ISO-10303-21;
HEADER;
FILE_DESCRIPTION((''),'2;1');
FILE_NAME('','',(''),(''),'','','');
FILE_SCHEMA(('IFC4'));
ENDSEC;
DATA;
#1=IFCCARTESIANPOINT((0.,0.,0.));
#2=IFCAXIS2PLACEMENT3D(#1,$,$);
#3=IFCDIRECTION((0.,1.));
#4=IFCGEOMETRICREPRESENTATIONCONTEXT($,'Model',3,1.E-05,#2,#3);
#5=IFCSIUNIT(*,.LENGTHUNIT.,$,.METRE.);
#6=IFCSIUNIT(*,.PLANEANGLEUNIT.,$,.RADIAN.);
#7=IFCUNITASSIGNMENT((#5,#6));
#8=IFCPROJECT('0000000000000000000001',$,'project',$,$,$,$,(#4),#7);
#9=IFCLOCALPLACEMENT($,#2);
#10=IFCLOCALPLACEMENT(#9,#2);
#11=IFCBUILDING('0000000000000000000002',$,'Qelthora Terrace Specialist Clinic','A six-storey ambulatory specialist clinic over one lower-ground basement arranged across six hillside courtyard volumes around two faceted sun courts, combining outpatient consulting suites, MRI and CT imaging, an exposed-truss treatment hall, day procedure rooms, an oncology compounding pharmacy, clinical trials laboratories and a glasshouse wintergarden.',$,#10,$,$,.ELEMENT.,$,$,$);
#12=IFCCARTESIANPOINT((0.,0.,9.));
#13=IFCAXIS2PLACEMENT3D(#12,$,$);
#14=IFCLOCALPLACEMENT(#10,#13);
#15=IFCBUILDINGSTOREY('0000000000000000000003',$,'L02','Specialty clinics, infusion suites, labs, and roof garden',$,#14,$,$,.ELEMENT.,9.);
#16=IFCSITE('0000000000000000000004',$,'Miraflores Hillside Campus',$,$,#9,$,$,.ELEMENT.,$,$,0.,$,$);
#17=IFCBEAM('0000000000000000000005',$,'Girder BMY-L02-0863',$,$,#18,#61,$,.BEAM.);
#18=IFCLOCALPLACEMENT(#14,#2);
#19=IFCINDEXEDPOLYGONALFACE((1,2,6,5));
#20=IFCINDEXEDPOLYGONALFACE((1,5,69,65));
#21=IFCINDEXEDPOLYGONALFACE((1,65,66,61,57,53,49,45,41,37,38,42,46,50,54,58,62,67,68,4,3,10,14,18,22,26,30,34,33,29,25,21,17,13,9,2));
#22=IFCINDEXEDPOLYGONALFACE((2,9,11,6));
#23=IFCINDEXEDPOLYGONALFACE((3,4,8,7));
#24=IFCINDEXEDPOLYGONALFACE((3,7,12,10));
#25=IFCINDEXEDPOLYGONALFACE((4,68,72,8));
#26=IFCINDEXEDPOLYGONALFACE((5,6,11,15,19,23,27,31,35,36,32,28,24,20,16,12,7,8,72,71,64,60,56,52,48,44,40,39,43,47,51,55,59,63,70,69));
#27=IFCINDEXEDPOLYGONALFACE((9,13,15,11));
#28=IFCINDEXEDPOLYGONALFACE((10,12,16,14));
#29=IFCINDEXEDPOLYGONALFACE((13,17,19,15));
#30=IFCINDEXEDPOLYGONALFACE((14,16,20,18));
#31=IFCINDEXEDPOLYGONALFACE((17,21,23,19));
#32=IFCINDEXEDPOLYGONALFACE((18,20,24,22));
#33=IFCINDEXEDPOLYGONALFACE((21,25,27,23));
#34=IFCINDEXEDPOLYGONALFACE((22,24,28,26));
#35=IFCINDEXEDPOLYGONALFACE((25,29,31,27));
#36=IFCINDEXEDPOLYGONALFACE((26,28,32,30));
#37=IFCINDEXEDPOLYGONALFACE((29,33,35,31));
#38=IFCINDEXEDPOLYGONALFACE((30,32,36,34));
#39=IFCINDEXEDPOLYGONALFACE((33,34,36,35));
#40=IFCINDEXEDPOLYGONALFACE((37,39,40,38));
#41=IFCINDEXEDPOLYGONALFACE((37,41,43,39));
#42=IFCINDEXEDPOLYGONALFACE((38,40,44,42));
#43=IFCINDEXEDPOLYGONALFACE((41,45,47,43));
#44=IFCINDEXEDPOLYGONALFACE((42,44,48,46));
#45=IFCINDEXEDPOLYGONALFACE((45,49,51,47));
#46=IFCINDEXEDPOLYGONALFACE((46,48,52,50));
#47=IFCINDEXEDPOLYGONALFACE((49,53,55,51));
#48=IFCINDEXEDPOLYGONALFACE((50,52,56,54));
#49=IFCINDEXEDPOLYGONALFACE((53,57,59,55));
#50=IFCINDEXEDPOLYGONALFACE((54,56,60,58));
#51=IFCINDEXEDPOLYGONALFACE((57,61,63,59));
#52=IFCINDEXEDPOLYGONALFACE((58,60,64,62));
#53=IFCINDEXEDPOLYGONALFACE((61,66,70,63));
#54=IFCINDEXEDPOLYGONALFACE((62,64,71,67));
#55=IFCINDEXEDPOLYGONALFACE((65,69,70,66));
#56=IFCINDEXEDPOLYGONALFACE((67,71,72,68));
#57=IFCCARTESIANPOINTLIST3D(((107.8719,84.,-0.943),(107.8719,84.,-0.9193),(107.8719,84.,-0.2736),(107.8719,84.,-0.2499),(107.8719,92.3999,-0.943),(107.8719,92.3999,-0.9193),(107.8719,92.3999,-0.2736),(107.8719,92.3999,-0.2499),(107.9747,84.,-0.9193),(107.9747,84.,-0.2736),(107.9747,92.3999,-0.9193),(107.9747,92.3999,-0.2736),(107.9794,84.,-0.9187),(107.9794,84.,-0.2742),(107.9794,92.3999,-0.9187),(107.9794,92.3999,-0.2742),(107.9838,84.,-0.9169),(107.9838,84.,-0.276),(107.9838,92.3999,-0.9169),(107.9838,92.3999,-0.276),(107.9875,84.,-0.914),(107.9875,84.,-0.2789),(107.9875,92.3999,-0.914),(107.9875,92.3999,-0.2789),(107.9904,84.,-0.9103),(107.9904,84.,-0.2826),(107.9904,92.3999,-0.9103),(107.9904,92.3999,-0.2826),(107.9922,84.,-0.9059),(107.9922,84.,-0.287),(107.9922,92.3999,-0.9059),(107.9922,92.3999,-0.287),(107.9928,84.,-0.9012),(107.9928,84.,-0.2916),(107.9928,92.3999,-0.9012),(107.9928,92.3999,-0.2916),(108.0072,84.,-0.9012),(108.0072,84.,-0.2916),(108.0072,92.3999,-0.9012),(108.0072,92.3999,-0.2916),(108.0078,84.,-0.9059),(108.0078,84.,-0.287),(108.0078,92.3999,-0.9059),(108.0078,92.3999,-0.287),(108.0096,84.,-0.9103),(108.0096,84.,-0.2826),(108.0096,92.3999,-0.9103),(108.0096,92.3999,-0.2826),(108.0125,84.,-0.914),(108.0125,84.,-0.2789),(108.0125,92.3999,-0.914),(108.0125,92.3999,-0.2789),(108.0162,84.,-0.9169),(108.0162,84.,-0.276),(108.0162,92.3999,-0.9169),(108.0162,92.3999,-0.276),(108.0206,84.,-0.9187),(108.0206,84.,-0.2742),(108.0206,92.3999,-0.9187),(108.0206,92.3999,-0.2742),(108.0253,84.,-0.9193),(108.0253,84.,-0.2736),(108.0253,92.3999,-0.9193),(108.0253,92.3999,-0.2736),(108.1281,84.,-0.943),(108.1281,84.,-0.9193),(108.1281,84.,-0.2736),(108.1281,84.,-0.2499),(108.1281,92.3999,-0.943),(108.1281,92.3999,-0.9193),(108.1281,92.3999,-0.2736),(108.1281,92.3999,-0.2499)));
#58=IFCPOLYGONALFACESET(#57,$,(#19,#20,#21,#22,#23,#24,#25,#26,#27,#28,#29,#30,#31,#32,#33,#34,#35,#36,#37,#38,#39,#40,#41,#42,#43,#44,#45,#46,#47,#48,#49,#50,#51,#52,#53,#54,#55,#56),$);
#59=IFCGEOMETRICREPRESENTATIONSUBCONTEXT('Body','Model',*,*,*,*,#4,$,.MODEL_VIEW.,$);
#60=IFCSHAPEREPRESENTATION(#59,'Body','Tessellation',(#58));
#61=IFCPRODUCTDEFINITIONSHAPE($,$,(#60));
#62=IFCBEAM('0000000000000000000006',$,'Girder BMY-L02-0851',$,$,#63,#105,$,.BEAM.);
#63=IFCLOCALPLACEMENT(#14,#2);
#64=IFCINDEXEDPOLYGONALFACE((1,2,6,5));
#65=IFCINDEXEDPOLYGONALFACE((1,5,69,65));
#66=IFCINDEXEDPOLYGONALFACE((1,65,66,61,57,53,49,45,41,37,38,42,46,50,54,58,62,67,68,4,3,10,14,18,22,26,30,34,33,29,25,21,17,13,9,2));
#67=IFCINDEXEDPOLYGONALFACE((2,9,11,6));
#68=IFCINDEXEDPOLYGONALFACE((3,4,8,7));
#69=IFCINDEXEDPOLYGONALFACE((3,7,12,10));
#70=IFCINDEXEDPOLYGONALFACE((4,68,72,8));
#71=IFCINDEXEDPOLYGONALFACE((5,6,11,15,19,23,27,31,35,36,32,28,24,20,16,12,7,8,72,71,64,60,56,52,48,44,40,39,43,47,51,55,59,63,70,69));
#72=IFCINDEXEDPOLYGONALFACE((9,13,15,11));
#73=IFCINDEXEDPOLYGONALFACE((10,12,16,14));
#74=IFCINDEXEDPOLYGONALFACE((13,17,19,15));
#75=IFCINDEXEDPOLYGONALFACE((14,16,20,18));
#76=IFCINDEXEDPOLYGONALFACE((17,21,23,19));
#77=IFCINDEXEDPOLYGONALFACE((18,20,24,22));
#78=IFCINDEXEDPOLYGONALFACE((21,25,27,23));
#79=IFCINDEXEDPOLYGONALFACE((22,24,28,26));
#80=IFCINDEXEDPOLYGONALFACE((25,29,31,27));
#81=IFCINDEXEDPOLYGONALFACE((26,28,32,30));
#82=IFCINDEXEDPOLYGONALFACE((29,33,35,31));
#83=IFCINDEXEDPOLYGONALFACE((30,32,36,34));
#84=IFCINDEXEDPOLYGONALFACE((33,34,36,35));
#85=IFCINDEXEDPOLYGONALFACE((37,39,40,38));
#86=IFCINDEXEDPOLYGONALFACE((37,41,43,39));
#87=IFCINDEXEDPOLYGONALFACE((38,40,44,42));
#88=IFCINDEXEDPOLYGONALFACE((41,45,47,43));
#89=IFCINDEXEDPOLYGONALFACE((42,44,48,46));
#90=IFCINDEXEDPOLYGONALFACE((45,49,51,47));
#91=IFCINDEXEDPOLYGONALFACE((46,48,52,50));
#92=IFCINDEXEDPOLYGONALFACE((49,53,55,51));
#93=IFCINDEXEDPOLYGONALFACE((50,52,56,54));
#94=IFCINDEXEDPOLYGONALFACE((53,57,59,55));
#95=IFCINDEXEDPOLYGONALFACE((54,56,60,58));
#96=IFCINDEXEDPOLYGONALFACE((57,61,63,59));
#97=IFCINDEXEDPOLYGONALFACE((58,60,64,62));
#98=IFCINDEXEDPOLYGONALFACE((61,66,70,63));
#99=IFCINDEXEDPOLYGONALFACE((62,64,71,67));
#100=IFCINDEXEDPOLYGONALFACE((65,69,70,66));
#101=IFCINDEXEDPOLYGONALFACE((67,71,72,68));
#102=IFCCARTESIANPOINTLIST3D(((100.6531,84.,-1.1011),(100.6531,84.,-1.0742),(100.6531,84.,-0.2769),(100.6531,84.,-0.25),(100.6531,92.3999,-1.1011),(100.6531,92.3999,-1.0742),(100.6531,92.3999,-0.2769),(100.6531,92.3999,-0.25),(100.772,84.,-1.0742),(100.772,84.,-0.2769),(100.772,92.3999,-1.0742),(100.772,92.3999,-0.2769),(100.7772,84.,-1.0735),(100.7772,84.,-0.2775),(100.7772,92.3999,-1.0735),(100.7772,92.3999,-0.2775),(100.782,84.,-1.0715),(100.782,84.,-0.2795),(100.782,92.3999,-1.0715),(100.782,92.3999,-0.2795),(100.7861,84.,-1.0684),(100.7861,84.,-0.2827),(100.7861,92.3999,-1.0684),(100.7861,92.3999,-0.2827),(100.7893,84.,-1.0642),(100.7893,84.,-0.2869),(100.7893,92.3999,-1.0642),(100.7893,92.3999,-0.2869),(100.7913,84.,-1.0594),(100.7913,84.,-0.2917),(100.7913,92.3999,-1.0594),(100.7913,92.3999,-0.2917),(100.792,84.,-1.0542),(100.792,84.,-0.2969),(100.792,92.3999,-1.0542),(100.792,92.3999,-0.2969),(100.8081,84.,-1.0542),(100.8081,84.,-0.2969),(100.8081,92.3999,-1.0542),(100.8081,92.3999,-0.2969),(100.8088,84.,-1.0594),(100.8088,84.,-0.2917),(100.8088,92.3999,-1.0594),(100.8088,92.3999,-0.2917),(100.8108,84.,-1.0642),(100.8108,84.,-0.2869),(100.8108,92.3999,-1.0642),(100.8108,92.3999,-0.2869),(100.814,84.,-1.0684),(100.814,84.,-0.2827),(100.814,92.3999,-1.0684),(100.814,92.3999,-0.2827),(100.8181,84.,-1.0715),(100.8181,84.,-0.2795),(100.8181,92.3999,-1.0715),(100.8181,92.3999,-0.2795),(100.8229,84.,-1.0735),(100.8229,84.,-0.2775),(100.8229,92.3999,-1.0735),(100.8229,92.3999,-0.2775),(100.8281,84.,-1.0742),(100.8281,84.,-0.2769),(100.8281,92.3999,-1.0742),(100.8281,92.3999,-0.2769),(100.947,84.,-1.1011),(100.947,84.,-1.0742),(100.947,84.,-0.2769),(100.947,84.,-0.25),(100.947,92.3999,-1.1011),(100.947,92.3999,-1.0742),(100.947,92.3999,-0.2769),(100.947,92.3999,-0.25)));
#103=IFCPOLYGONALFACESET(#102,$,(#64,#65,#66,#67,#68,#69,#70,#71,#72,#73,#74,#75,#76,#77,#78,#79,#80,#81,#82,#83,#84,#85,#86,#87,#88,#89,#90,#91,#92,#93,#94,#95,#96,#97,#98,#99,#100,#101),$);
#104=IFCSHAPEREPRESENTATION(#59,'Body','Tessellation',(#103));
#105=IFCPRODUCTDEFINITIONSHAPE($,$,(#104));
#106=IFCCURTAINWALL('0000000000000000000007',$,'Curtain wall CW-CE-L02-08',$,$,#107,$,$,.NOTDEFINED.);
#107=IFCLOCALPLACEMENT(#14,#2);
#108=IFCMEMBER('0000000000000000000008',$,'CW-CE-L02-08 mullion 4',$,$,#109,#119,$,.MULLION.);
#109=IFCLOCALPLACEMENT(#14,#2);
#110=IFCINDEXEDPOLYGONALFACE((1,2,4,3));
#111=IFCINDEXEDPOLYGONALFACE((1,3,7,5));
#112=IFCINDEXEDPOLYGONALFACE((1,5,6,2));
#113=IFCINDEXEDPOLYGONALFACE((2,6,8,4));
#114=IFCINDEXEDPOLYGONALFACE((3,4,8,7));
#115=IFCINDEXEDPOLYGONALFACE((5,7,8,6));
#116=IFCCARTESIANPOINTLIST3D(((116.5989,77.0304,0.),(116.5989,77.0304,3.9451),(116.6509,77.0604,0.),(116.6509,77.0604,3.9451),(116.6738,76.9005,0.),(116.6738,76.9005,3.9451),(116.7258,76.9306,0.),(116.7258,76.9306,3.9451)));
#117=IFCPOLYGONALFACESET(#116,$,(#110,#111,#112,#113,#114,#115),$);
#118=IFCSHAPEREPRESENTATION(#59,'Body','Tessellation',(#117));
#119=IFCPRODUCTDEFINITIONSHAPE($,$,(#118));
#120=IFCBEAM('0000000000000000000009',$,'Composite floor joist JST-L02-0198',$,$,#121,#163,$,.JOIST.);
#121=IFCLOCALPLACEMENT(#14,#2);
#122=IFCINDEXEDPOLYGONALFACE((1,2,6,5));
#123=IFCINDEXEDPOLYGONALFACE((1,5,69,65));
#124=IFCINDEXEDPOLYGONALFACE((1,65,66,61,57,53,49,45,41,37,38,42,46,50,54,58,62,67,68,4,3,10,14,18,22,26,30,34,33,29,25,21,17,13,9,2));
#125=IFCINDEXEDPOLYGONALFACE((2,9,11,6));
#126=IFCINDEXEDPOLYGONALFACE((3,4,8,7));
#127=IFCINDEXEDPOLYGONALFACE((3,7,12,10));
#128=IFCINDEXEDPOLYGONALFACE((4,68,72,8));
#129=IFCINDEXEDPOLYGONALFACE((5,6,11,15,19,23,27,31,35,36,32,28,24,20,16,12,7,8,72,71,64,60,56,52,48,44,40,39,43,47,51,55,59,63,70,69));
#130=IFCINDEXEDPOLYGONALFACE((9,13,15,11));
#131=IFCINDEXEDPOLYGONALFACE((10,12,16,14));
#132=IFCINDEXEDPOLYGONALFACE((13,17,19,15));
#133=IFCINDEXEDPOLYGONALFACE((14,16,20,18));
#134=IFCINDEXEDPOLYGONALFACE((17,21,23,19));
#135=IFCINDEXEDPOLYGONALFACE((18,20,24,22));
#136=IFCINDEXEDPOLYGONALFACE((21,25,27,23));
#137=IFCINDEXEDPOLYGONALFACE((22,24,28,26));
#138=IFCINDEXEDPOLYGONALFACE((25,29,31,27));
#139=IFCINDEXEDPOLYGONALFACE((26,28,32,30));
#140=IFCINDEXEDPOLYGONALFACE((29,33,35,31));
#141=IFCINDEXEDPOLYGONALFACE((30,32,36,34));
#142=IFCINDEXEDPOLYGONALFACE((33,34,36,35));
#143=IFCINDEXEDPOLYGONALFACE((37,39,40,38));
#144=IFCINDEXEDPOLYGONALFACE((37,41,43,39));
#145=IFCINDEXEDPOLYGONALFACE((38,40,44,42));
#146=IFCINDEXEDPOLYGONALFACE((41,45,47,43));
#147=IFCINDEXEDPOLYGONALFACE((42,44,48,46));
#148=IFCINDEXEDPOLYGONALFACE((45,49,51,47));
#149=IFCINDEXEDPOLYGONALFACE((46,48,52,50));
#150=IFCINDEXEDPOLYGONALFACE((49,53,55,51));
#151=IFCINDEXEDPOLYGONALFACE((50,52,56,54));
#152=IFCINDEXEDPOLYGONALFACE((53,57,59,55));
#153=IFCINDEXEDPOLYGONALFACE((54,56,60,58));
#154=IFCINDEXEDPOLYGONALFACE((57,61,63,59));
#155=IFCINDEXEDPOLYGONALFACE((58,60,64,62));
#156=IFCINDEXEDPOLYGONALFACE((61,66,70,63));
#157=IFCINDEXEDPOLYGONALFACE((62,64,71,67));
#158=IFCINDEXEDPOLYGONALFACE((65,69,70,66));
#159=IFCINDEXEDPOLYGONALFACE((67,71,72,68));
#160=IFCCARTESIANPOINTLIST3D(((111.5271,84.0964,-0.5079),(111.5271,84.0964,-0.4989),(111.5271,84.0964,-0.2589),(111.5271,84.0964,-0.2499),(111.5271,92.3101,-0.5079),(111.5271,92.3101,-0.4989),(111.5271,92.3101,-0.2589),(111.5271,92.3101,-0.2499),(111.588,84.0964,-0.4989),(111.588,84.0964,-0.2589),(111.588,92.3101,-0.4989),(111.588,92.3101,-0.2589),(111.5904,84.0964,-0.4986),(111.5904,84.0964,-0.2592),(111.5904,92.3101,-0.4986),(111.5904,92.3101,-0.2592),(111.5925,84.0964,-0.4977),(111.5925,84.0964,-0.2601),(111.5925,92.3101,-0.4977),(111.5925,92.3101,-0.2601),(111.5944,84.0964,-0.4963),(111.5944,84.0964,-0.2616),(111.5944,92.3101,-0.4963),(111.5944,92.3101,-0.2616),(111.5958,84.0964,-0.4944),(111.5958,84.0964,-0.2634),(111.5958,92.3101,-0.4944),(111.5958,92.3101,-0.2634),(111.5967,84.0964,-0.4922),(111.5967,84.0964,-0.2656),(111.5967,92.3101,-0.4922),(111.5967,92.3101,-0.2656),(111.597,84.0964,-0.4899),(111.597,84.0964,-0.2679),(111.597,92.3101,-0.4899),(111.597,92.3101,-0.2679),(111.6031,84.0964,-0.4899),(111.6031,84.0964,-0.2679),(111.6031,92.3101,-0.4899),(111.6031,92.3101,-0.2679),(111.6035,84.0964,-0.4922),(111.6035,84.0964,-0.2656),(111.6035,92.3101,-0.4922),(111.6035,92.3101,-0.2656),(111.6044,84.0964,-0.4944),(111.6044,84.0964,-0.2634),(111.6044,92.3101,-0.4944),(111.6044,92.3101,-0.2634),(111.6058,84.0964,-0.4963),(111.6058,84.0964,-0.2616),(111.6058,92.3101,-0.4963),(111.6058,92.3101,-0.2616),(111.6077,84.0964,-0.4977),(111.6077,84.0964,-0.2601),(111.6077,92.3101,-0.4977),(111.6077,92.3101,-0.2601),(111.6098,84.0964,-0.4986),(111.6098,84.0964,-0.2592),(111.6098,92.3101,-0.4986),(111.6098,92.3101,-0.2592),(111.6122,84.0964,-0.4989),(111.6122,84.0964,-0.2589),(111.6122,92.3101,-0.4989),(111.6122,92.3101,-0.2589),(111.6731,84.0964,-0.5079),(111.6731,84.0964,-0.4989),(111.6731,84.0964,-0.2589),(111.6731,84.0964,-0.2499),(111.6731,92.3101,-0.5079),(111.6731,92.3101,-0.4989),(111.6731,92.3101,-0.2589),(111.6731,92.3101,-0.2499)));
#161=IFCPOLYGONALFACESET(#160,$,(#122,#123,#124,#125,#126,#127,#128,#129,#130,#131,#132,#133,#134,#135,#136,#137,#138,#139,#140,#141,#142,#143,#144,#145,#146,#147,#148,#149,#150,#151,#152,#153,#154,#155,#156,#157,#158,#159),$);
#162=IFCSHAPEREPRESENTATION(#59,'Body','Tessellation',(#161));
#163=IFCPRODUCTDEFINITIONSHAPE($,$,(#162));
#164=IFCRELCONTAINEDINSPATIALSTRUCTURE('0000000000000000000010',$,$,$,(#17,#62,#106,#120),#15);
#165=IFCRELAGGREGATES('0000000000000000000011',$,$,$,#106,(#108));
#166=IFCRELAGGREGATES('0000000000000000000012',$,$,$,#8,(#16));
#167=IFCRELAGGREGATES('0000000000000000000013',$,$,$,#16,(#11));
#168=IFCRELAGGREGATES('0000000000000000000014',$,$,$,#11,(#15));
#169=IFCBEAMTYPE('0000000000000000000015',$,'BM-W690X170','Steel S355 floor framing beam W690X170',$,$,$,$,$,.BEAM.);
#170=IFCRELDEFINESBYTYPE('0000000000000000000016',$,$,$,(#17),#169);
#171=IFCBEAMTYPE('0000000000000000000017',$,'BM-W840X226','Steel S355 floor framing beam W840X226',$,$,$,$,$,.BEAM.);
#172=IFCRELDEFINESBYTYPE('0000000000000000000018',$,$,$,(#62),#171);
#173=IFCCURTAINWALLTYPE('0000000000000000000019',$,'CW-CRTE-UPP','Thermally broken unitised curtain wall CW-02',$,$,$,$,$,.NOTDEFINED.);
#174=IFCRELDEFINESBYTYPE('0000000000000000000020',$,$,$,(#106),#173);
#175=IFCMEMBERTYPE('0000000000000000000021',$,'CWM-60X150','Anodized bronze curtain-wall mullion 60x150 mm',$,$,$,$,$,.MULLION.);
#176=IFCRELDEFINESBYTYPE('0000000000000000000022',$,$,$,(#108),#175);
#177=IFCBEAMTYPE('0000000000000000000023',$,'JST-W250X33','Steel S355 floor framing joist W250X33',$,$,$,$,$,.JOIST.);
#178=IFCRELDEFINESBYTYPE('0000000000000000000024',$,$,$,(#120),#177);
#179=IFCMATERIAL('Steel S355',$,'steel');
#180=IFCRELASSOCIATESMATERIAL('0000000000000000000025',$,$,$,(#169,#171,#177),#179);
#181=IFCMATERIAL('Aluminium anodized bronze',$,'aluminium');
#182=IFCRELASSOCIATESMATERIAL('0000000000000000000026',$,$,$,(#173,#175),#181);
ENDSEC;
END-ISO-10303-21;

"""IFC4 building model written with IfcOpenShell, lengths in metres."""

from ifc_helpers import new_model, si_unit, direction, frame, origin, origin_2d, place, context, subcontext, project, spatial, rectangle, i_section, extrude, material, material_profile, profile_set, type_object, element, aggregate, save


model = new_model("IFC4")

# Units and contexts
model_context = context("Model", 3, precision=1e-05, world=origin(), true_north=direction((0.0, 1.0)))
body_context = subcontext(model_context, "Body", "Model", "MODEL_VIEW")
ifc_project = project(units=[si_unit("LENGTHUNIT", "METRE"), si_unit("PLANEANGLEUNIT", "RADIAN")], contexts=[model_context])

# Site, building, storey
site_placement = place(None, origin())
site = spatial("IfcSite", under=ifc_project, at=site_placement, Name="Miraflores Hillside Campus", CompositionType="ELEMENT", RefElevation=0.0)
building_placement = place(site_placement, origin())
building = spatial("IfcBuilding", under=site, at=building_placement, Name="Qelthora Terrace Specialist Clinic", Description="A six-storey ambulatory specialist clinic over one lower-ground basement arranged across six hillside courtyard volumes around two faceted sun courts, combining outpatient consulting suites, MRI and CT imaging, an exposed-truss treatment hall, day procedure rooms, an oncology compounding pharmacy, clinical trials laboratories and a glasshouse wintergarden.", CompositionType="ELEMENT")
storey_placement = place(building_placement, frame((0.0, 0.0, 9.0)))
storey = spatial("IfcBuildingStorey", under=building, at=storey_placement, Name="L02", Description="Specialty clinics, infusion suites, labs, and roof garden", CompositionType="ELEMENT", Elevation=9.0)

# Shared definitions
ifc_material_1 = material(Name="Steel S355", Category="steel")

# Beams
ifc_material_profile_1 = material_profile(ifc_material_1, i_section(OverallWidth=0.2561, OverallDepth=0.6931, WebThickness=0.0144, FlangeThickness=0.0237, FilletRadius=0.0181, at=origin_2d()), Name="W690X170")
ifc_profile_set_1 = profile_set([ifc_material_profile_1], Name="Steel S355")
beam_type_1 = type_object("IfcBeamType", Name="BM-W690X170", Description="Steel S355 floor framing beam W690X170", PredefinedType="BEAM", material=ifc_profile_set_1)
beam_1_placement = place(storey_placement, frame((108.0, 84.0, -0.5964), z_axis=(0.0, 1.0, 0.0), x_axis=(-1.0, 0.0, 0.0)))
element("IfcBeam", 1, at=beam_1_placement, inside=storey, type_object=beam_type_1, Name="Girder BMY-L02-0863", PredefinedType="BEAM", context=body_context, shape_type="SweptSolid", body=[
    extrude(i_section(OverallWidth=0.2561, OverallDepth=0.6931, WebThickness=0.0144, FlangeThickness=0.0237, FilletRadius=0.0181, at=origin_2d()), origin(), (0.0, 0.0, 1.0), 8.3999),
])
ifc_material_profile_2 = material_profile(ifc_material_1, i_section(OverallWidth=0.2939, OverallDepth=0.8511, WebThickness=0.0161, FlangeThickness=0.0269, FilletRadius=0.02, at=origin_2d()), Name="W840X226")
ifc_profile_set_2 = profile_set([ifc_material_profile_2], Name="Steel S355")
beam_type_2 = type_object("IfcBeamType", Name="BM-W840X226", Description="Steel S355 floor framing beam W840X226", PredefinedType="BEAM", material=ifc_profile_set_2)
beam_2_placement = place(storey_placement, frame((100.8, 84.0, -0.6755), z_axis=(0.0, 1.0, 0.0), x_axis=(-1.0, 0.0, 0.0)))
element("IfcBeam", 2, at=beam_2_placement, inside=storey, type_object=beam_type_2, Name="Girder BMY-L02-0851", PredefinedType="BEAM", context=body_context, shape_type="SweptSolid", body=[
    extrude(i_section(OverallWidth=0.2939, OverallDepth=0.8511, WebThickness=0.0161, FlangeThickness=0.0269, FilletRadius=0.02, at=origin_2d()), origin(), (0.0, 0.0, 1.0), 8.3999),
])

# Curtain wall, member
ifc_material_2 = material(Name="Aluminium anodized bronze", Category="aluminium")
curtain_wall_type = type_object("IfcCurtainWallType", Name="CW-CRTE-UPP", Description="Thermally broken unitised curtain wall CW-02", PredefinedType="NOTDEFINED", material=ifc_material_2)
curtain_wall_placement = place(storey_placement, origin())
curtain_wall = element("IfcCurtainWall", 3, at=curtain_wall_placement, inside=storey, type_object=curtain_wall_type, Name="Curtain wall CW-CE-L02-08", PredefinedType="NOTDEFINED")
ifc_material_profile_3 = material_profile(ifc_material_2, rectangle(XDim=0.0601, YDim=0.1499, at=origin_2d()), Name="CWM60X150")
ifc_profile_set_3 = profile_set([ifc_material_profile_3], Name="Aluminium anodized bronze")
member_type = type_object("IfcMemberType", Name="CWM-60X150", Description="Anodized bronze curtain-wall mullion 60x150 mm", PredefinedType="MULLION", material=ifc_profile_set_3)
member_placement = place(storey_placement, frame((116.6624, 76.9805, 0.0), z_axis=(0.0, 0.0, 1.0), x_axis=(-0.866025, -0.5, 0.0)))
member = element("IfcMember", 4, at=member_placement, type_object=member_type, Name="CW-CE-L02-08 mullion 4", PredefinedType="MULLION", context=body_context, shape_type="SweptSolid", body=[
    extrude(rectangle(XDim=0.0601, YDim=0.1499, at=origin_2d()), origin(), (0.0, 0.0, 1.0), 3.9451),
])

# Beam
ifc_material_profile_4 = material_profile(ifc_material_1, i_section(OverallWidth=0.146, OverallDepth=0.2581, WebThickness=0.0061, FlangeThickness=0.009, FilletRadius=0.009, at=origin_2d()), Name="W250X33")
ifc_profile_set_4 = profile_set([ifc_material_profile_4], Name="Steel S355")
beam_type_3 = type_object("IfcBeamType", Name="JST-W250X33", Description="Steel S355 floor framing joist W250X33", PredefinedType="JOIST", material=ifc_profile_set_4)
beam_3_placement = place(storey_placement, frame((111.6001, 84.0964, -0.3789), z_axis=(0.0, 1.0, 0.0), x_axis=(-1.0, 0.0, 0.0)))
element("IfcBeam", 5, at=beam_3_placement, inside=storey, type_object=beam_type_3, Name="Composite floor joist JST-L02-0198", PredefinedType="JOIST", context=body_context, shape_type="SweptSolid", body=[
    extrude(i_section(OverallWidth=0.146, OverallDepth=0.2581, WebThickness=0.0061, FlangeThickness=0.009, FilletRadius=0.009, at=origin_2d()), origin(), (0.0, 0.0, 1.0), 8.2136),
])

aggregate(curtain_wall, [member])

save(model, "model.ifc")
